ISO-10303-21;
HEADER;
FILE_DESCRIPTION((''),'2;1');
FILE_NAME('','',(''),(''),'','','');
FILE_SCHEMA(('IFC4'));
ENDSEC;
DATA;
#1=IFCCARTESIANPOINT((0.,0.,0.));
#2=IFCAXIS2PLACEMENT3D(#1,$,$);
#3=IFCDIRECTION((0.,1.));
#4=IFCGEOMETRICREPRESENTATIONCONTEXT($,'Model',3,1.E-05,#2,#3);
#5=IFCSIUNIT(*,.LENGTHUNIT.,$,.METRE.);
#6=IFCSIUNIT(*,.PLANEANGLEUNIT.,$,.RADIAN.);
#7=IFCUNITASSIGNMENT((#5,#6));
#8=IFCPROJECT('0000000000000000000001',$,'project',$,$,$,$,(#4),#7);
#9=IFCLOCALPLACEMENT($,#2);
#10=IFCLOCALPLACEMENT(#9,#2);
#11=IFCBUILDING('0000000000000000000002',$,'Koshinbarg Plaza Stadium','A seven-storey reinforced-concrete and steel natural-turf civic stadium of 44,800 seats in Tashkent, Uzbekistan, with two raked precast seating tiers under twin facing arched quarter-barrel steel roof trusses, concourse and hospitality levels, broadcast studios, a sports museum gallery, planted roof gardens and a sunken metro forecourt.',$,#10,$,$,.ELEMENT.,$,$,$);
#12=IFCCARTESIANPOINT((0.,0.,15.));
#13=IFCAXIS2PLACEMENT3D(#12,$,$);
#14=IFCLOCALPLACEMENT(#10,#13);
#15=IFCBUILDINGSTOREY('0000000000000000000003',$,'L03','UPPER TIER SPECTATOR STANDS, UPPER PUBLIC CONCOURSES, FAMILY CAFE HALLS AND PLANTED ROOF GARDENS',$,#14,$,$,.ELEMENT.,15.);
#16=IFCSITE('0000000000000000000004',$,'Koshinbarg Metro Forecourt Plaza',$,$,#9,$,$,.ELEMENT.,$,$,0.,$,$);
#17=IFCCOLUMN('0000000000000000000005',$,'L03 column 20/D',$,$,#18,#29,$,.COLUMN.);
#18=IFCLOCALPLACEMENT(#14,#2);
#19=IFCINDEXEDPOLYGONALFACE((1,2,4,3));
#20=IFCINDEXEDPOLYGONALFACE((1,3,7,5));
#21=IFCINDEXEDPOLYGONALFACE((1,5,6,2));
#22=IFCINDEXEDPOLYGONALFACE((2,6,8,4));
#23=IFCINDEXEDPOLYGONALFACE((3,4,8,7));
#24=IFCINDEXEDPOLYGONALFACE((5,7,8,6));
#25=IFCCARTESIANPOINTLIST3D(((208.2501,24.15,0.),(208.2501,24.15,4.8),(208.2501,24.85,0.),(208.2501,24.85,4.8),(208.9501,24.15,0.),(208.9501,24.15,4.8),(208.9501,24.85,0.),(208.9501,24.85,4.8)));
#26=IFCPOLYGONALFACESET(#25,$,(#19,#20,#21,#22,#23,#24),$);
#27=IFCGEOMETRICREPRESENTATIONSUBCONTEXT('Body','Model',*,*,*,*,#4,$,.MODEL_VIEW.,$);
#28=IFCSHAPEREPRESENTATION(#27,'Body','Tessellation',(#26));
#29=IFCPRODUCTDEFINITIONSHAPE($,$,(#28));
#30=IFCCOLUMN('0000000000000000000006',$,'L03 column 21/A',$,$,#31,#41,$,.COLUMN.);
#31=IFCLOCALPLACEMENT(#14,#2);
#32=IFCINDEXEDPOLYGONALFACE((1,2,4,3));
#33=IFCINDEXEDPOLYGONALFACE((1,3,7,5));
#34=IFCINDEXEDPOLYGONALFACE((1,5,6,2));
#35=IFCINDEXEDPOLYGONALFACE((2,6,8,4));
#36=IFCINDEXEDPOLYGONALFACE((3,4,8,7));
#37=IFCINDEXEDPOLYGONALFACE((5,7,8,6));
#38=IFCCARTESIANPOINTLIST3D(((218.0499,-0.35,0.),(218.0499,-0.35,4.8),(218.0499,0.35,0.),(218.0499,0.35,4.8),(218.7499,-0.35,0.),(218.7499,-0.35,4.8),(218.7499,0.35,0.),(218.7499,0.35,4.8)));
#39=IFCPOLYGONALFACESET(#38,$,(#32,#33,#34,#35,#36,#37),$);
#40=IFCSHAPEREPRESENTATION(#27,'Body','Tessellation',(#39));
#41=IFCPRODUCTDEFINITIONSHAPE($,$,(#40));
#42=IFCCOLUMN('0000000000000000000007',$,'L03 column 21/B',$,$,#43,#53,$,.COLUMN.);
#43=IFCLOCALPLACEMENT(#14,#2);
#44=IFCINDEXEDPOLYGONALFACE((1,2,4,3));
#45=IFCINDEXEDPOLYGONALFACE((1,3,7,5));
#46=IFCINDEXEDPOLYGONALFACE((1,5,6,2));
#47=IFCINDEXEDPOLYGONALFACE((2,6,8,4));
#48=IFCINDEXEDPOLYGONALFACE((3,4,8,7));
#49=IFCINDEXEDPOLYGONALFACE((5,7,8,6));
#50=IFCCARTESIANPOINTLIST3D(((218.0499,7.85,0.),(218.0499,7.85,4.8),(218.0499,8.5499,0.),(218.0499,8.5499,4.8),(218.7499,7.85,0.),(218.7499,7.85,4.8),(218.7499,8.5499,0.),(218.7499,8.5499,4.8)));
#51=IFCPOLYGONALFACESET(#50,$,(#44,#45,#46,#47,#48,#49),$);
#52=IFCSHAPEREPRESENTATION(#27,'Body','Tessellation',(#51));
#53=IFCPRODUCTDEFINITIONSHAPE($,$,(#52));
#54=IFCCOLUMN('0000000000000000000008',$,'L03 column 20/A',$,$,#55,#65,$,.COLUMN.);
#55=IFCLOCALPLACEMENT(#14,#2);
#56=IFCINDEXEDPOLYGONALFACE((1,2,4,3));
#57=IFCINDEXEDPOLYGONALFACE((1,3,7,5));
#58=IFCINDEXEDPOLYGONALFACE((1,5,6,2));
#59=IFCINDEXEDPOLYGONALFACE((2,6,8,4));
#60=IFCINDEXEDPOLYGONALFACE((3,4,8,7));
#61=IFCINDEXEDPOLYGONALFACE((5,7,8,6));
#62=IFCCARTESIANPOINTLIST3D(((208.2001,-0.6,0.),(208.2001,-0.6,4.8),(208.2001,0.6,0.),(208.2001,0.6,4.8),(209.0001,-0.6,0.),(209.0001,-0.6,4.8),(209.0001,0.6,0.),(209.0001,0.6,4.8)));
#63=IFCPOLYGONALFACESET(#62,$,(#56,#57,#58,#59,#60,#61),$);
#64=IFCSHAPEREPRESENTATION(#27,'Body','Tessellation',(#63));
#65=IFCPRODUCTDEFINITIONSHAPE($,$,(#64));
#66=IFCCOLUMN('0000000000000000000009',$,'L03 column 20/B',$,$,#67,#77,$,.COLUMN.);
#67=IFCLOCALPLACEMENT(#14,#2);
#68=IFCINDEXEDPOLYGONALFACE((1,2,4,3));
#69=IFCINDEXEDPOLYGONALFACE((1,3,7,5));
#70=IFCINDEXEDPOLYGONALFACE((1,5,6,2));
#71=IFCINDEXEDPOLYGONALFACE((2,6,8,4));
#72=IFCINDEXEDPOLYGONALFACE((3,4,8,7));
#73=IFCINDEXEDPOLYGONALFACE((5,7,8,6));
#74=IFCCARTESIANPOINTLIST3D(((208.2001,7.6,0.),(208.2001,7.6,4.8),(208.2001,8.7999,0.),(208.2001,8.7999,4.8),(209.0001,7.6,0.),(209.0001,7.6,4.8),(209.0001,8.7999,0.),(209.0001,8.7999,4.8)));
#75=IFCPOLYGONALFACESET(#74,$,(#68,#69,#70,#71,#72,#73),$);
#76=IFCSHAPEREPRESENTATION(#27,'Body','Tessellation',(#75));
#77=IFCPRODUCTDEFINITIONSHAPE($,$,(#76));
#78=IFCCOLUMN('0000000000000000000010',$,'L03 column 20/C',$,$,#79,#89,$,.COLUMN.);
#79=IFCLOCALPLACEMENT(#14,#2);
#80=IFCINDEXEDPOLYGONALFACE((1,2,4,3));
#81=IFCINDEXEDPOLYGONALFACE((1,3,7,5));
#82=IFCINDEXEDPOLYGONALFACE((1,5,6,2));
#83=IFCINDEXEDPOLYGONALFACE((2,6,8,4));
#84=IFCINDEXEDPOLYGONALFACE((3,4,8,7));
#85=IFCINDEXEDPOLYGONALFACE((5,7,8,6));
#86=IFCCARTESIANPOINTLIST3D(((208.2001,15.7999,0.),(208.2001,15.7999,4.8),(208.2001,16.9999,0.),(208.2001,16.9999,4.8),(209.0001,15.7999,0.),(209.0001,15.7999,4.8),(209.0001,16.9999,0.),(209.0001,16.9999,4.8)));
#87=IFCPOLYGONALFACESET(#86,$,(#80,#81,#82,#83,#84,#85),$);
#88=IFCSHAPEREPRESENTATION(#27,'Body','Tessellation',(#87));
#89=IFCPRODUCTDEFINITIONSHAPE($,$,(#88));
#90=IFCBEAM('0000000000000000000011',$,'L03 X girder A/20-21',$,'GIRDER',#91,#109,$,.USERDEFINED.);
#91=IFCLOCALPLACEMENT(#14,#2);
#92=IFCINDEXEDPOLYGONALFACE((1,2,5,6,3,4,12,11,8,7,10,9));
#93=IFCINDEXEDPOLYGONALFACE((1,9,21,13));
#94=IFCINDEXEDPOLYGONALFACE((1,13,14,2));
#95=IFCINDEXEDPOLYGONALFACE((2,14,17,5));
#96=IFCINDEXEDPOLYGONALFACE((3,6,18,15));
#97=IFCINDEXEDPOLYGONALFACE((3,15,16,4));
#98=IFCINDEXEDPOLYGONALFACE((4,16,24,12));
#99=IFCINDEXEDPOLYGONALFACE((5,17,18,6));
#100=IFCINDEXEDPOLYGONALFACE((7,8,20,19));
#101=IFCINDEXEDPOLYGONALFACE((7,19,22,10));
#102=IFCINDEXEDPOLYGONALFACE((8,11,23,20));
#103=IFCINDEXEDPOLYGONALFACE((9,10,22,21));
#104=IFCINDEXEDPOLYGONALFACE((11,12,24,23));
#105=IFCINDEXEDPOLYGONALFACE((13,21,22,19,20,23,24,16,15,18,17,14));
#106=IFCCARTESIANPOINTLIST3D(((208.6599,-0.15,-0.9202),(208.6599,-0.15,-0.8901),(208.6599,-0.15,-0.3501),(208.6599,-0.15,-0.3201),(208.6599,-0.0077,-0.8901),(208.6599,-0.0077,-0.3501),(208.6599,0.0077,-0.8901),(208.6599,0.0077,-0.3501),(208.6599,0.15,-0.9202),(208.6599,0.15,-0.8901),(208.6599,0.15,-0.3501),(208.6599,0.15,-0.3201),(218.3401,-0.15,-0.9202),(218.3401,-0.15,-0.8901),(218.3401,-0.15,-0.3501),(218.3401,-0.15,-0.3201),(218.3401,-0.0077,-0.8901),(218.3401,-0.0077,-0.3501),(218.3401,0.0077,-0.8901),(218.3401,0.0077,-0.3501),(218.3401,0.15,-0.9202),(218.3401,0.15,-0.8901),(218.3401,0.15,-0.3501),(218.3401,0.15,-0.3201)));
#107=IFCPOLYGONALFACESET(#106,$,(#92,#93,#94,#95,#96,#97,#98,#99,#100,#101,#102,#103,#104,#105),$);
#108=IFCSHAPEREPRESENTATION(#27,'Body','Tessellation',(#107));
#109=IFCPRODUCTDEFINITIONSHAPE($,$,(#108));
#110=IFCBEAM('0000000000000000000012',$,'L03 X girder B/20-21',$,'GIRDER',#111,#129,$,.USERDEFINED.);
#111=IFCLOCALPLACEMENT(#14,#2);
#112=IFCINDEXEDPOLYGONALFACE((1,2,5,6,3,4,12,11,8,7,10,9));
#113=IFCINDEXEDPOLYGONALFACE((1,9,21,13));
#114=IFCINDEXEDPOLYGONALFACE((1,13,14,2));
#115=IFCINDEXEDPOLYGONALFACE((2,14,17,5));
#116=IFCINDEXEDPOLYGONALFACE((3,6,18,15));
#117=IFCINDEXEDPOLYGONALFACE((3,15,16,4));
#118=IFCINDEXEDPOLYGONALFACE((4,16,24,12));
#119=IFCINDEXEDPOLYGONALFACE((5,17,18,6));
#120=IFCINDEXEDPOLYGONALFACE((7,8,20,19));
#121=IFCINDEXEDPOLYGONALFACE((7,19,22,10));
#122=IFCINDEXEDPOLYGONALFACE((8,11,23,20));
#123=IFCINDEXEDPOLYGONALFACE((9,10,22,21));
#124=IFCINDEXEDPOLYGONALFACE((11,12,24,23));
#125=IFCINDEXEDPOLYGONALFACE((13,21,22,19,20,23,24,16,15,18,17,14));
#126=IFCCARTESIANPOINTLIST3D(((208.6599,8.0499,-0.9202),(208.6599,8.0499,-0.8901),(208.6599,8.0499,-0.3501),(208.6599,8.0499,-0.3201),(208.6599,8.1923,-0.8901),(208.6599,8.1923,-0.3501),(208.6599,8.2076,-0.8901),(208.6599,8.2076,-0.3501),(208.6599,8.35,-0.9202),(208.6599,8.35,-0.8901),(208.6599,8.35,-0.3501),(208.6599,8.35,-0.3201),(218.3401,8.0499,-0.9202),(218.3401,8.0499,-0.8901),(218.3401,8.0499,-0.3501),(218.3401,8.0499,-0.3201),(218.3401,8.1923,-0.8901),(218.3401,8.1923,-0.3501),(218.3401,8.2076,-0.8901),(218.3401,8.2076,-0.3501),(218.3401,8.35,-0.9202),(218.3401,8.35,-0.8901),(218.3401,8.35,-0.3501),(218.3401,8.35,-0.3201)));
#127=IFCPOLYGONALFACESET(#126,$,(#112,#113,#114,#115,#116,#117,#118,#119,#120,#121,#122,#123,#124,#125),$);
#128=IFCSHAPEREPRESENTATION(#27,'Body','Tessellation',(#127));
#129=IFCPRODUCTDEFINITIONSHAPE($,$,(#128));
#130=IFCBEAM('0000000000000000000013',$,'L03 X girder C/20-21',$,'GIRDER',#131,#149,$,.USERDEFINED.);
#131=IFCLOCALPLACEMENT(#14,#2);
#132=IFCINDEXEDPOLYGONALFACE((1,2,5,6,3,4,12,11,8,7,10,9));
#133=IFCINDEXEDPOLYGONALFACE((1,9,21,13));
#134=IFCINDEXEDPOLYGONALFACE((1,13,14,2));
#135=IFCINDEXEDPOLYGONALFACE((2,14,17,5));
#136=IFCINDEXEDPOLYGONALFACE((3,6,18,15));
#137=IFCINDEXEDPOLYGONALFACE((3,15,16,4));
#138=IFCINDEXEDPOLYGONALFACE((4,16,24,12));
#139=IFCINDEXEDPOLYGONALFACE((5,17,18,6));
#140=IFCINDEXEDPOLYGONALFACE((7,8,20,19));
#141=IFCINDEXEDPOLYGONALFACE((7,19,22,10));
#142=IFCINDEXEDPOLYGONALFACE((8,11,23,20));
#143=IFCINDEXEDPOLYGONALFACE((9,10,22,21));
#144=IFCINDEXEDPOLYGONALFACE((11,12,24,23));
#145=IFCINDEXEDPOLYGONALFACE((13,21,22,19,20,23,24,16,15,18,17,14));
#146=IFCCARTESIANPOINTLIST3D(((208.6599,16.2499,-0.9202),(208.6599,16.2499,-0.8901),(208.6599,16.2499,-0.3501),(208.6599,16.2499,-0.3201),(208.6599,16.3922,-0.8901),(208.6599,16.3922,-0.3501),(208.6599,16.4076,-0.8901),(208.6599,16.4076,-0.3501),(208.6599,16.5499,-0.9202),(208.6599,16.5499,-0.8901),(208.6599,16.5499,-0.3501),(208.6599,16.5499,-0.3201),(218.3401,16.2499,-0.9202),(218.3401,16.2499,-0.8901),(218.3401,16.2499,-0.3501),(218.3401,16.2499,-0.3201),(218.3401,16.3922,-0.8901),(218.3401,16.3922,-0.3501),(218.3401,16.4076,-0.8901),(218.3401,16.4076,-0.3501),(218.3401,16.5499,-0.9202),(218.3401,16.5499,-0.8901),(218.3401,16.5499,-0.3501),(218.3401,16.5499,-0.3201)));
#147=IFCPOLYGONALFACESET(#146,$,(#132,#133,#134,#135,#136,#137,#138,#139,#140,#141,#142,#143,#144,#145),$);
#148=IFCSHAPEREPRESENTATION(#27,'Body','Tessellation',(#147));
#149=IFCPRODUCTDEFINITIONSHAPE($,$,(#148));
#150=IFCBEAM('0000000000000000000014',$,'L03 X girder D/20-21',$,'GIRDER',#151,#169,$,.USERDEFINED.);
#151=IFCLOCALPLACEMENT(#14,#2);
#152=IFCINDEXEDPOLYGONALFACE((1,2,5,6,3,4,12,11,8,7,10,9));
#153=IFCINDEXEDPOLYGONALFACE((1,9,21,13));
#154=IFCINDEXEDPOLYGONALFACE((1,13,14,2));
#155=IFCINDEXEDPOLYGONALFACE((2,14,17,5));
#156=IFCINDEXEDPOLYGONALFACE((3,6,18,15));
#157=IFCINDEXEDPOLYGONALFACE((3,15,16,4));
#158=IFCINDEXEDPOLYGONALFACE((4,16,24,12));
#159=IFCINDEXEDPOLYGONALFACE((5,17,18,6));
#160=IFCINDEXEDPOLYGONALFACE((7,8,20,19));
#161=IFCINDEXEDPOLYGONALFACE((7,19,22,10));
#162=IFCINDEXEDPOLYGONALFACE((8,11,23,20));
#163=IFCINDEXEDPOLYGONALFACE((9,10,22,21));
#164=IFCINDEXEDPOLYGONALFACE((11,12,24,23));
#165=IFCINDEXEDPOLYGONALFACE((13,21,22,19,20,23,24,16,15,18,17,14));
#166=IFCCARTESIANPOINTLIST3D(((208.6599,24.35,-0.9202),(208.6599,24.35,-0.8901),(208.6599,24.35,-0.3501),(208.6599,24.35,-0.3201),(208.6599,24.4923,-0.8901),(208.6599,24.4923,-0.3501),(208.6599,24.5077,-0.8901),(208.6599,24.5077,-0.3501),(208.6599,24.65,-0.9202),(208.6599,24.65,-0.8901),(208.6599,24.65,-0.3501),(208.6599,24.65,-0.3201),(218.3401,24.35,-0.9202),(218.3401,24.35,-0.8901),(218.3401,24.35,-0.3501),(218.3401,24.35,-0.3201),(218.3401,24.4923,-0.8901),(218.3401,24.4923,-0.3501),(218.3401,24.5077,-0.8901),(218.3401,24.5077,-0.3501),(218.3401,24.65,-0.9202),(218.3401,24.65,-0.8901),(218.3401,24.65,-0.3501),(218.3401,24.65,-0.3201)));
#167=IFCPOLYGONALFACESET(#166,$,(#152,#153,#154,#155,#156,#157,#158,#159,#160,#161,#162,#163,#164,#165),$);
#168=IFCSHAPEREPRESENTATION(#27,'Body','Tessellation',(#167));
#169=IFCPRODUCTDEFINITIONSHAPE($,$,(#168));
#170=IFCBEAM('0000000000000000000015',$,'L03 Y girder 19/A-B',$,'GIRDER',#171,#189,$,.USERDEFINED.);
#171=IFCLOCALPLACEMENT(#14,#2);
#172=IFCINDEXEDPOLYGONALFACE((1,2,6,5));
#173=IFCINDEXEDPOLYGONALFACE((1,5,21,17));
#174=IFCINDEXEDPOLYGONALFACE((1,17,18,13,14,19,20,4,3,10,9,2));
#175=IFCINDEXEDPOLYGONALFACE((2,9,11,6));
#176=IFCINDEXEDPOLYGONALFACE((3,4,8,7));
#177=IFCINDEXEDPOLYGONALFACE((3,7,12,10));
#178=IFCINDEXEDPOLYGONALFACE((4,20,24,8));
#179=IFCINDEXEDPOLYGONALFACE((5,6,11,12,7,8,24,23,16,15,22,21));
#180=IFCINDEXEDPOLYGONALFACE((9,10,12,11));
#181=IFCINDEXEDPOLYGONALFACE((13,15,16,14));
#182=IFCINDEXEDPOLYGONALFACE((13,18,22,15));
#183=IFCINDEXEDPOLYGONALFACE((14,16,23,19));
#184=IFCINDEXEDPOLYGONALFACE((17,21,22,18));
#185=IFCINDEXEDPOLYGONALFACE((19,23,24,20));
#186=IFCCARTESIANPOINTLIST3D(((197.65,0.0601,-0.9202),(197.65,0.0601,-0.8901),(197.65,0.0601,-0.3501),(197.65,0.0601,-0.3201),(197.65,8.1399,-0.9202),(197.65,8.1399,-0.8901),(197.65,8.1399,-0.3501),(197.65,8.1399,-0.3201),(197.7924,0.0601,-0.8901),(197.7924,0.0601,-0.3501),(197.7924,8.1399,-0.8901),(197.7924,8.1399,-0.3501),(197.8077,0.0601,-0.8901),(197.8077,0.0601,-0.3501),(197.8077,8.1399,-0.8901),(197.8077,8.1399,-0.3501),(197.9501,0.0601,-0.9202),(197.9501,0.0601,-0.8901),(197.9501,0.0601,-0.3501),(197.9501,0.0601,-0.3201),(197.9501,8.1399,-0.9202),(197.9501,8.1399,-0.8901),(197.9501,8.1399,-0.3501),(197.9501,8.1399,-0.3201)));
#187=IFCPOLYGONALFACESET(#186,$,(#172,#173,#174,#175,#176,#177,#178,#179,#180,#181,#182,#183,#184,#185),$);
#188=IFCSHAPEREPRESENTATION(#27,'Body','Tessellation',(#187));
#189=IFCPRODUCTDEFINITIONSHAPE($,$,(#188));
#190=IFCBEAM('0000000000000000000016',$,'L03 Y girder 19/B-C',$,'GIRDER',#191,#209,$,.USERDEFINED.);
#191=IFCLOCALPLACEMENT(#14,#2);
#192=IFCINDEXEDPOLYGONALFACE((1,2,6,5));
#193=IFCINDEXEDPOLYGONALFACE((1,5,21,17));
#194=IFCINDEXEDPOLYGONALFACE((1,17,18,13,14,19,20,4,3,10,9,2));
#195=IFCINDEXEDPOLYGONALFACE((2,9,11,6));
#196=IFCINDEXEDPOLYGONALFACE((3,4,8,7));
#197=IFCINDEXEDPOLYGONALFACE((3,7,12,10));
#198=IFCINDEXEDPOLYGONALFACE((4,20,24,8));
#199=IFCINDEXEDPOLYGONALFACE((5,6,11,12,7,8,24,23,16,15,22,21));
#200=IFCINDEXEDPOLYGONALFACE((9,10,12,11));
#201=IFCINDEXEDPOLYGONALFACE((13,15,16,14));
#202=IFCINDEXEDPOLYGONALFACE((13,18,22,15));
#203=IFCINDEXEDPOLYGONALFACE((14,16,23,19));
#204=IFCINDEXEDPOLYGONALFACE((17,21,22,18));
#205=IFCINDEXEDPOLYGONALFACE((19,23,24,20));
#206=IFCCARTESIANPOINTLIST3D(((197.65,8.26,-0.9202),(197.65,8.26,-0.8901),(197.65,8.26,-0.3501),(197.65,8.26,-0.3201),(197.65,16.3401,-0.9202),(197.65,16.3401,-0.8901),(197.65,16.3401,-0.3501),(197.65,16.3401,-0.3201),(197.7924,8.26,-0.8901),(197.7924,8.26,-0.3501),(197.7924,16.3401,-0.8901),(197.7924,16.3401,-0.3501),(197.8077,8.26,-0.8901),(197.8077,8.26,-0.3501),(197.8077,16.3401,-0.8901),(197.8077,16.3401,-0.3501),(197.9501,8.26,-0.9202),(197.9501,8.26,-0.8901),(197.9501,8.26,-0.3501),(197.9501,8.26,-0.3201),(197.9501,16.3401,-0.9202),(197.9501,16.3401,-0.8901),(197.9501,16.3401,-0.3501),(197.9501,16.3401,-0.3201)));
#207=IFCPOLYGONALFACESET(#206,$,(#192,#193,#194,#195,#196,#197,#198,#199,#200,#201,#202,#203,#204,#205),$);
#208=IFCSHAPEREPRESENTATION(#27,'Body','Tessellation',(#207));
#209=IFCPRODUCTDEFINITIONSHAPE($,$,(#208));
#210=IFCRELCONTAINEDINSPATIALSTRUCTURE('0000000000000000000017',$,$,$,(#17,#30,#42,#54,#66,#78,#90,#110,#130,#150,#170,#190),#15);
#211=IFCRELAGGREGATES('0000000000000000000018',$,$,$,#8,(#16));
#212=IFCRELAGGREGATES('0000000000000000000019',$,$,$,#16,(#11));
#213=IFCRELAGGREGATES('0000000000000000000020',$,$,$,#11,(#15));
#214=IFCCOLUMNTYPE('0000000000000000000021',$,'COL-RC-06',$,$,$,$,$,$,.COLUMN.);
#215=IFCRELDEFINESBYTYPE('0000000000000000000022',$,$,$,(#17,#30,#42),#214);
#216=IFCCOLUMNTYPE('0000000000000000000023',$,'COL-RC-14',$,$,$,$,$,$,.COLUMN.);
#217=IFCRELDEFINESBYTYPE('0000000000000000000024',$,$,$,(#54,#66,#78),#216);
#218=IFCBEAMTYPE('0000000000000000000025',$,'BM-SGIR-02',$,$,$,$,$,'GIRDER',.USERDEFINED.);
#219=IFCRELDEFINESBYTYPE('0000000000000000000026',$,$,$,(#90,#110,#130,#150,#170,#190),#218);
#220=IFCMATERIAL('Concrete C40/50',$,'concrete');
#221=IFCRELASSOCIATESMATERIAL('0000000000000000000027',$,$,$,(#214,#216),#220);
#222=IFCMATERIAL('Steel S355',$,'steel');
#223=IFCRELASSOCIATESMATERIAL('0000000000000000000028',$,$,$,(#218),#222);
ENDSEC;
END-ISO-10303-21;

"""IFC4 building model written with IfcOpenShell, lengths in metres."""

from ifc_helpers import new_model, si_unit, direction, frame, origin, origin_2d, place, context, subcontext, project, spatial, rectangle, i_section, extrude, material, material_profile, profile_set, type_object, element, save


model = new_model("IFC4")

# Units and contexts
model_context = context("Model", 3, precision=1e-05, world=origin(), true_north=direction((0.0, 1.0)))
body_context = subcontext(model_context, "Body", "Model", "MODEL_VIEW")
ifc_project = project(units=[si_unit("LENGTHUNIT", "METRE"), si_unit("PLANEANGLEUNIT", "RADIAN")], contexts=[model_context])

# Site, building, storey
site_placement = place(None, origin())
site = spatial("IfcSite", under=ifc_project, at=site_placement, Name="Koshinbarg Metro Forecourt Plaza", CompositionType="ELEMENT", RefElevation=0.0)
building_placement = place(site_placement, origin())
building = spatial("IfcBuilding", under=site, at=building_placement, Name="Koshinbarg Plaza Stadium", Description="A seven-storey reinforced-concrete and steel natural-turf civic stadium of 44,800 seats in Tashkent, Uzbekistan, with two raked precast seating tiers under twin facing arched quarter-barrel steel roof trusses, concourse and hospitality levels, broadcast studios, a sports museum gallery, planted roof gardens and a sunken metro forecourt.", CompositionType="ELEMENT")
storey_placement = place(building_placement, frame((0.0, 0.0, 15.0)))
storey = spatial("IfcBuildingStorey", under=building, at=storey_placement, Name="L03", Description="UPPER TIER SPECTATOR STANDS, UPPER PUBLIC CONCOURSES, FAMILY CAFE HALLS AND PLANTED ROOF GARDENS", CompositionType="ELEMENT", Elevation=15.0)

# Columns
ifc_material_1 = material(Name="Concrete C40/50", Category="concrete")
ifc_material_profile_1 = material_profile(ifc_material_1, rectangle(XDim=0.7, YDim=0.7, at=origin_2d()), Name="RC 700x700")
ifc_profile_set_1 = profile_set([ifc_material_profile_1], Name="Concrete C40/50")
column_type_1 = type_object("IfcColumnType", Name="COL-RC-06", PredefinedType="COLUMN", material=ifc_profile_set_1)
for number, where, z_axis, x_axis, name in (
    (1, (208.6001, 24.5, 0.0), (0.0, 0.0, 1.0), (1.0, 0.0, 0.0), "L03 column 20/D"),
    (2, (218.3999, 0.0, 0.0), (0.0, 0.0, 1.0), (1.0, 0.0, 0.0), "L03 column 21/A"),
    (3, (218.3999, 8.2, 0.0), (0.0, 0.0, 1.0), (1.0, 0.0, 0.0), "L03 column 21/B"),
):
    element("IfcColumn", number, at=place(storey_placement, frame(where, z_axis=z_axis, x_axis=x_axis)), inside=storey, type_object=column_type_1, Name=name, PredefinedType="COLUMN", context=body_context, shape_type="SweptSolid", body=[
        extrude(rectangle(XDim=0.7, YDim=0.7, at=origin_2d()), origin(), (0.0, 0.0, 1.0), 4.8),
    ])
ifc_material_profile_2 = material_profile(ifc_material_1, rectangle(XDim=0.8, YDim=1.2, at=origin_2d()), Name="RC 800x1200")
ifc_profile_set_2 = profile_set([ifc_material_profile_2], Name="Concrete C40/50")
column_type_2 = type_object("IfcColumnType", Name="COL-RC-14", PredefinedType="COLUMN", material=ifc_profile_set_2)
for number, where, z_axis, x_axis, name in (
    (4, (208.6001, 0.0, 0.0), (0.0, 0.0, 1.0), (1.0, 0.0, 0.0), "L03 column 20/A"),
    (5, (208.6001, 8.2, 0.0), (0.0, 0.0, 1.0), (1.0, 0.0, 0.0), "L03 column 20/B"),
    (6, (208.6001, 16.3999, 0.0), (0.0, 0.0, 1.0), (1.0, 0.0, 0.0), "L03 column 20/C"),
):
    element("IfcColumn", number, at=place(storey_placement, frame(where, z_axis=z_axis, x_axis=x_axis)), inside=storey, type_object=column_type_2, Name=name, PredefinedType="COLUMN", context=body_context, shape_type="SweptSolid", body=[
        extrude(rectangle(XDim=0.8, YDim=1.2, at=origin_2d()), origin(), (0.0, 0.0, 1.0), 4.8),
    ])

# Beams
ifc_material_2 = material(Name="Steel S355", Category="steel")
ifc_material_profile_3 = material_profile(ifc_material_2, i_section(OverallWidth=0.3, OverallDepth=0.6001, WebThickness=0.0154, FlangeThickness=0.03, at=origin_2d()), Name="HEB 600")
ifc_profile_set_3 = profile_set([ifc_material_profile_3], Name="Steel S355")
beam_type_1 = type_object("IfcBeamType", Name="BM-SGIR-02", ElementType="GIRDER", PredefinedType="USERDEFINED", material=ifc_profile_set_3)
for number, where, z_axis, x_axis, name in (
    (7, (208.6599, 0.0, -0.6201), (1.0, 0.0, 0.0), (0.0, 1.0, 0.0), "L03 X girder A/20-21"),
    (8, (208.6599, 8.2, -0.6201), (1.0, 0.0, 0.0), (0.0, 1.0, 0.0), "L03 X girder B/20-21"),
    (9, (208.6599, 16.3999, -0.6201), (1.0, 0.0, 0.0), (0.0, 1.0, 0.0), "L03 X girder C/20-21"),
    (10, (208.6599, 24.5, -0.6201), (1.0, 0.0, 0.0), (0.0, 1.0, 0.0), "L03 X girder D/20-21"),
):
    element("IfcBeam", number, at=place(storey_placement, frame(where, z_axis=z_axis, x_axis=x_axis)), inside=storey, type_object=beam_type_1, Name=name, ObjectType="GIRDER", PredefinedType="USERDEFINED", context=body_context, shape_type="SweptSolid", body=[
        extrude(i_section(OverallWidth=0.3, OverallDepth=0.6001, WebThickness=0.0154, FlangeThickness=0.03, at=origin_2d()), origin(), (0.0, 0.0, 1.0), 9.6802),
    ])
beam_1_placement = place(storey_placement, frame((197.8, 0.0601, -0.6201), z_axis=(0.0, 1.0, 0.0), x_axis=(-1.0, 0.0, 0.0)))
element("IfcBeam", 11, at=beam_1_placement, inside=storey, type_object=beam_type_1, Name="L03 Y girder 19/A-B", ObjectType="GIRDER", PredefinedType="USERDEFINED", context=body_context, shape_type="SweptSolid", body=[
    extrude(i_section(OverallWidth=0.3, OverallDepth=0.6001, WebThickness=0.0154, FlangeThickness=0.03, at=origin_2d()), origin(), (0.0, 0.0, 1.0), 8.0798),
])
beam_2_placement = place(storey_placement, frame((197.8, 8.26, -0.6201), z_axis=(0.0, 1.0, 0.0), x_axis=(-1.0, 0.0, 0.0)))
element("IfcBeam", 12, at=beam_2_placement, inside=storey, type_object=beam_type_1, Name="L03 Y girder 19/B-C", ObjectType="GIRDER", PredefinedType="USERDEFINED", context=body_context, shape_type="SweptSolid", body=[
    extrude(i_section(OverallWidth=0.3, OverallDepth=0.6001, WebThickness=0.0154, FlangeThickness=0.03, at=origin_2d()), origin(), (0.0, 0.0, 1.0), 8.0801),
])

save(model, "model.ifc")
